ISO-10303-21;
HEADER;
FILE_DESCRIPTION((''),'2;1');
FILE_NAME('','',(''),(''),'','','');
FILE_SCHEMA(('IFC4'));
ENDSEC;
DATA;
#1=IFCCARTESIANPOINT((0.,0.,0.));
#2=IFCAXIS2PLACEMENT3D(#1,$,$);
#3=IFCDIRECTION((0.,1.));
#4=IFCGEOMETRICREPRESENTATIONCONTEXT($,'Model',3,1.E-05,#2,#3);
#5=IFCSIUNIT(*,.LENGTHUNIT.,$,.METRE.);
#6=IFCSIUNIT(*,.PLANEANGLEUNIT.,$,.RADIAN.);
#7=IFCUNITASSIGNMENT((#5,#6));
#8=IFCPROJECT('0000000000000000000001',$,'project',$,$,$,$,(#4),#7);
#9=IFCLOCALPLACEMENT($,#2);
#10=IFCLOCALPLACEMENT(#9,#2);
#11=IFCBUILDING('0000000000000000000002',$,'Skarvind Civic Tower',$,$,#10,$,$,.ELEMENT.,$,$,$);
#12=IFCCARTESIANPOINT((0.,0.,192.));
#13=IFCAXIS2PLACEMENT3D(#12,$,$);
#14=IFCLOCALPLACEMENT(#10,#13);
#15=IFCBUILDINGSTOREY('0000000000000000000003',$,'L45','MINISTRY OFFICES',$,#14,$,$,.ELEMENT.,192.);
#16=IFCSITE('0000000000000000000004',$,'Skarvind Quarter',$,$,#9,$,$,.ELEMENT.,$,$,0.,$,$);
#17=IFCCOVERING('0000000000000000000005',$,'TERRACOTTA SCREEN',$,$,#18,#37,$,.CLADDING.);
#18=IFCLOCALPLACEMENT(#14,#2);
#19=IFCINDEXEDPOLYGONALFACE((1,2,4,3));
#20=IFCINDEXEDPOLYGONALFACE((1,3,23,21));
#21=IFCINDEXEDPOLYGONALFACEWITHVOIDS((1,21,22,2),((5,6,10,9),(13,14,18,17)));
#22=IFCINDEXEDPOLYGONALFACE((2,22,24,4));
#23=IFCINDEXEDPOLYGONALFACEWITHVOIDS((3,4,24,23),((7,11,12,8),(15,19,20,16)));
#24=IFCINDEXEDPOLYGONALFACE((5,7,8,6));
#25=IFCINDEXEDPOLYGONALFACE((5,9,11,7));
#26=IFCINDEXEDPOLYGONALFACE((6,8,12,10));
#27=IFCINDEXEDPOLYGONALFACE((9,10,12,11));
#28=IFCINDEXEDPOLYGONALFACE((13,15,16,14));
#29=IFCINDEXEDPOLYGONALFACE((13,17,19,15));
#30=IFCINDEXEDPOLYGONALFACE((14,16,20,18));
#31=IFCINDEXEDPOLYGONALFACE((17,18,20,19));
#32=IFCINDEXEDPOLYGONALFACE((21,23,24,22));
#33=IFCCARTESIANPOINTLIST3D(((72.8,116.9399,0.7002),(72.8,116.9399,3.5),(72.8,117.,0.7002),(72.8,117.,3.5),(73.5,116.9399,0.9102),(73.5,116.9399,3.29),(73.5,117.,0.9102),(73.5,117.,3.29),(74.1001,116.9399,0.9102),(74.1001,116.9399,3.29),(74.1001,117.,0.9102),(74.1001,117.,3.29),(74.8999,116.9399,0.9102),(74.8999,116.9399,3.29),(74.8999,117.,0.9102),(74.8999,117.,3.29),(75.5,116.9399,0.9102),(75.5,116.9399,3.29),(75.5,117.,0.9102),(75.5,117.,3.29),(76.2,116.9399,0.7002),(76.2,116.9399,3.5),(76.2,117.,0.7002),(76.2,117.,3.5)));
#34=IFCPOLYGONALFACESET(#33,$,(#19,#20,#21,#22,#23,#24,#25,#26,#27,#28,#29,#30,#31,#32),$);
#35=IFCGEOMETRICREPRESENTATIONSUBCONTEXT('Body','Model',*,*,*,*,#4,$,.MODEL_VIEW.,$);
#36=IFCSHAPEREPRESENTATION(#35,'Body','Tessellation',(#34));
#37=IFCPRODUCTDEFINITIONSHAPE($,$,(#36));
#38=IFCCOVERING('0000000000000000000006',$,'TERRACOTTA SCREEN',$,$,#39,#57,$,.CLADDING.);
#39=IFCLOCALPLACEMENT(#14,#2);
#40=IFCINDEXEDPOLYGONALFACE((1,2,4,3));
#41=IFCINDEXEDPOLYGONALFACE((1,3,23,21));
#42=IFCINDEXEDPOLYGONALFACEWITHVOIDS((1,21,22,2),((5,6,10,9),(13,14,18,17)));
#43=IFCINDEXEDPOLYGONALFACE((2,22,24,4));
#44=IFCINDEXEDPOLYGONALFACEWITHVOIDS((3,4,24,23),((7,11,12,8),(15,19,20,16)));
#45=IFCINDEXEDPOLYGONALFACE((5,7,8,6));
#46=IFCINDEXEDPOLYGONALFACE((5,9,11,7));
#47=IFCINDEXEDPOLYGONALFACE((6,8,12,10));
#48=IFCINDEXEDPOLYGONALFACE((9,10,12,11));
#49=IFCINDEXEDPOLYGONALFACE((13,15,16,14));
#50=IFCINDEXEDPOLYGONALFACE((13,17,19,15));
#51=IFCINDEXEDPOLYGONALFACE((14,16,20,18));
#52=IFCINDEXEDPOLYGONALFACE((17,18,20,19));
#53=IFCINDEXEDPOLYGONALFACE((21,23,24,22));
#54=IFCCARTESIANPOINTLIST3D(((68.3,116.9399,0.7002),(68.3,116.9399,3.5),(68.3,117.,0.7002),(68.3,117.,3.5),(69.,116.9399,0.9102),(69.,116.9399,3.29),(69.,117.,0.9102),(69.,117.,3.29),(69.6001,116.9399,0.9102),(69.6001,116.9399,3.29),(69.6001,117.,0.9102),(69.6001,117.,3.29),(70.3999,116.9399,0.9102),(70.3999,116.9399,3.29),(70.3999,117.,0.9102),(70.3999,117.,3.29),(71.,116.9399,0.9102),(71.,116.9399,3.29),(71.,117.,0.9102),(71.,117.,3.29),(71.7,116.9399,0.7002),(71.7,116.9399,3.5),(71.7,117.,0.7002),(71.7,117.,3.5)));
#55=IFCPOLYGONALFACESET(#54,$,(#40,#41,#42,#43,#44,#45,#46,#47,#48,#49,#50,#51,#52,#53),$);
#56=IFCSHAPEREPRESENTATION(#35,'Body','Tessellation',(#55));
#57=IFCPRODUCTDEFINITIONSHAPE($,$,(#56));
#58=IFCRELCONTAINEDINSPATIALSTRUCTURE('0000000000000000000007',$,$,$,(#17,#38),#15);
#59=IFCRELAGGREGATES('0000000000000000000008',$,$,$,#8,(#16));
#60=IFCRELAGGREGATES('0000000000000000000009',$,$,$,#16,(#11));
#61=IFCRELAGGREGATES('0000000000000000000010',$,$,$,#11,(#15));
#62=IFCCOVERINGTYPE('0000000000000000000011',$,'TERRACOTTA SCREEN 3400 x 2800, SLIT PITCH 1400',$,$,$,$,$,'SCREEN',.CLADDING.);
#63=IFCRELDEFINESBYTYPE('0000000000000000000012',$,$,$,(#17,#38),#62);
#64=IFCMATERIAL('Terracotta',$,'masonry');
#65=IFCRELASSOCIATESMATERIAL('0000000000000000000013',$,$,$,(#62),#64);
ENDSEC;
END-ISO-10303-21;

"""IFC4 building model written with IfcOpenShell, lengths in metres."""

from ifc_helpers import new_model, si_unit, direction, frame, origin, place, context, subcontext, project, spatial, polyline, outline, extrude, material, material_profile, profile_set, type_object, element, save


model = new_model("IFC4")

# Units and contexts
model_context = context("Model", 3, precision=1e-05, world=origin(), true_north=direction((0.0, 1.0)))
body_context = subcontext(model_context, "Body", "Model", "MODEL_VIEW")
ifc_project = project(units=[si_unit("LENGTHUNIT", "METRE"), si_unit("PLANEANGLEUNIT", "RADIAN")], contexts=[model_context])

# Site, building, storey
site_placement = place(None, origin())
site = spatial("IfcSite", under=ifc_project, at=site_placement, Name="Skarvind Quarter", CompositionType="ELEMENT", RefElevation=0.0)
building_placement = place(site_placement, origin())
building = spatial("IfcBuilding", under=site, at=building_placement, Name="Skarvind Civic Tower", CompositionType="ELEMENT")
storey_placement = place(building_placement, frame((0.0, 0.0, 192.0)))
storey = spatial("IfcBuildingStorey", under=building, at=storey_placement, Name="L45", Description="MINISTRY OFFICES", CompositionType="ELEMENT", Elevation=192.0)

# Coverings
ifc_material_1 = material(Name="Terracotta", Category="masonry")
ifc_material_profile_1 = material_profile(ifc_material_1, outline(polyline([(-1.7, -1.3999), (1.7, -1.3999), (1.7, 1.3999), (-1.7, 1.3999), (-1.7, -1.3999)]), holes=[polyline([(-1.0, -1.1899), (-0.3999, -1.1899), (-0.3999, 1.1899), (-1.0, 1.1899), (-1.0, -1.1899)]), polyline([(0.3999, -1.1899), (1.0, -1.1899), (1.0, 1.1899), (0.3999, 1.1899), (0.3999, -1.1899)])]), Name="TERRACOTTA SCREEN 3400 x 2800, SLIT PITCH 1400")
ifc_profile_set_1 = profile_set([ifc_material_profile_1], Name="Terracotta")
covering_type = type_object("IfcCoveringType", Name="TERRACOTTA SCREEN 3400 x 2800, SLIT PITCH 1400", ElementType="SCREEN", PredefinedType="CLADDING", material=ifc_profile_set_1)
for number, where, z_axis, x_axis, name in (
    (1, (74.5, 117.0, 2.1001), (0.0, -1.0, 0.0), (1.0, 0.0, 0.0), "TERRACOTTA SCREEN"),
    (2, (70.0, 117.0, 2.1001), (0.0, -1.0, 0.0), (1.0, 0.0, 0.0), "TERRACOTTA SCREEN"),
):
    element("IfcCovering", number, at=place(storey_placement, frame(where, z_axis=z_axis, x_axis=x_axis)), inside=storey, type_object=covering_type, Name=name, PredefinedType="CLADDING", context=body_context, shape_type="SweptSolid", body=[
        extrude(outline(polyline([(-1.7, -1.3999), (1.7, -1.3999), (1.7, 1.3999), (-1.7, 1.3999), (-1.7, -1.3999)]), holes=[polyline([(-1.0, -1.1899), (-0.3999, -1.1899), (-0.3999, 1.1899), (-1.0, 1.1899), (-1.0, -1.1899)]), polyline([(0.3999, -1.1899), (1.0, -1.1899), (1.0, 1.1899), (0.3999, 1.1899), (0.3999, -1.1899)])]), origin(), (0.0, 0.0, 1.0), 0.0601),
    ])

save(model, "model.ifc")
